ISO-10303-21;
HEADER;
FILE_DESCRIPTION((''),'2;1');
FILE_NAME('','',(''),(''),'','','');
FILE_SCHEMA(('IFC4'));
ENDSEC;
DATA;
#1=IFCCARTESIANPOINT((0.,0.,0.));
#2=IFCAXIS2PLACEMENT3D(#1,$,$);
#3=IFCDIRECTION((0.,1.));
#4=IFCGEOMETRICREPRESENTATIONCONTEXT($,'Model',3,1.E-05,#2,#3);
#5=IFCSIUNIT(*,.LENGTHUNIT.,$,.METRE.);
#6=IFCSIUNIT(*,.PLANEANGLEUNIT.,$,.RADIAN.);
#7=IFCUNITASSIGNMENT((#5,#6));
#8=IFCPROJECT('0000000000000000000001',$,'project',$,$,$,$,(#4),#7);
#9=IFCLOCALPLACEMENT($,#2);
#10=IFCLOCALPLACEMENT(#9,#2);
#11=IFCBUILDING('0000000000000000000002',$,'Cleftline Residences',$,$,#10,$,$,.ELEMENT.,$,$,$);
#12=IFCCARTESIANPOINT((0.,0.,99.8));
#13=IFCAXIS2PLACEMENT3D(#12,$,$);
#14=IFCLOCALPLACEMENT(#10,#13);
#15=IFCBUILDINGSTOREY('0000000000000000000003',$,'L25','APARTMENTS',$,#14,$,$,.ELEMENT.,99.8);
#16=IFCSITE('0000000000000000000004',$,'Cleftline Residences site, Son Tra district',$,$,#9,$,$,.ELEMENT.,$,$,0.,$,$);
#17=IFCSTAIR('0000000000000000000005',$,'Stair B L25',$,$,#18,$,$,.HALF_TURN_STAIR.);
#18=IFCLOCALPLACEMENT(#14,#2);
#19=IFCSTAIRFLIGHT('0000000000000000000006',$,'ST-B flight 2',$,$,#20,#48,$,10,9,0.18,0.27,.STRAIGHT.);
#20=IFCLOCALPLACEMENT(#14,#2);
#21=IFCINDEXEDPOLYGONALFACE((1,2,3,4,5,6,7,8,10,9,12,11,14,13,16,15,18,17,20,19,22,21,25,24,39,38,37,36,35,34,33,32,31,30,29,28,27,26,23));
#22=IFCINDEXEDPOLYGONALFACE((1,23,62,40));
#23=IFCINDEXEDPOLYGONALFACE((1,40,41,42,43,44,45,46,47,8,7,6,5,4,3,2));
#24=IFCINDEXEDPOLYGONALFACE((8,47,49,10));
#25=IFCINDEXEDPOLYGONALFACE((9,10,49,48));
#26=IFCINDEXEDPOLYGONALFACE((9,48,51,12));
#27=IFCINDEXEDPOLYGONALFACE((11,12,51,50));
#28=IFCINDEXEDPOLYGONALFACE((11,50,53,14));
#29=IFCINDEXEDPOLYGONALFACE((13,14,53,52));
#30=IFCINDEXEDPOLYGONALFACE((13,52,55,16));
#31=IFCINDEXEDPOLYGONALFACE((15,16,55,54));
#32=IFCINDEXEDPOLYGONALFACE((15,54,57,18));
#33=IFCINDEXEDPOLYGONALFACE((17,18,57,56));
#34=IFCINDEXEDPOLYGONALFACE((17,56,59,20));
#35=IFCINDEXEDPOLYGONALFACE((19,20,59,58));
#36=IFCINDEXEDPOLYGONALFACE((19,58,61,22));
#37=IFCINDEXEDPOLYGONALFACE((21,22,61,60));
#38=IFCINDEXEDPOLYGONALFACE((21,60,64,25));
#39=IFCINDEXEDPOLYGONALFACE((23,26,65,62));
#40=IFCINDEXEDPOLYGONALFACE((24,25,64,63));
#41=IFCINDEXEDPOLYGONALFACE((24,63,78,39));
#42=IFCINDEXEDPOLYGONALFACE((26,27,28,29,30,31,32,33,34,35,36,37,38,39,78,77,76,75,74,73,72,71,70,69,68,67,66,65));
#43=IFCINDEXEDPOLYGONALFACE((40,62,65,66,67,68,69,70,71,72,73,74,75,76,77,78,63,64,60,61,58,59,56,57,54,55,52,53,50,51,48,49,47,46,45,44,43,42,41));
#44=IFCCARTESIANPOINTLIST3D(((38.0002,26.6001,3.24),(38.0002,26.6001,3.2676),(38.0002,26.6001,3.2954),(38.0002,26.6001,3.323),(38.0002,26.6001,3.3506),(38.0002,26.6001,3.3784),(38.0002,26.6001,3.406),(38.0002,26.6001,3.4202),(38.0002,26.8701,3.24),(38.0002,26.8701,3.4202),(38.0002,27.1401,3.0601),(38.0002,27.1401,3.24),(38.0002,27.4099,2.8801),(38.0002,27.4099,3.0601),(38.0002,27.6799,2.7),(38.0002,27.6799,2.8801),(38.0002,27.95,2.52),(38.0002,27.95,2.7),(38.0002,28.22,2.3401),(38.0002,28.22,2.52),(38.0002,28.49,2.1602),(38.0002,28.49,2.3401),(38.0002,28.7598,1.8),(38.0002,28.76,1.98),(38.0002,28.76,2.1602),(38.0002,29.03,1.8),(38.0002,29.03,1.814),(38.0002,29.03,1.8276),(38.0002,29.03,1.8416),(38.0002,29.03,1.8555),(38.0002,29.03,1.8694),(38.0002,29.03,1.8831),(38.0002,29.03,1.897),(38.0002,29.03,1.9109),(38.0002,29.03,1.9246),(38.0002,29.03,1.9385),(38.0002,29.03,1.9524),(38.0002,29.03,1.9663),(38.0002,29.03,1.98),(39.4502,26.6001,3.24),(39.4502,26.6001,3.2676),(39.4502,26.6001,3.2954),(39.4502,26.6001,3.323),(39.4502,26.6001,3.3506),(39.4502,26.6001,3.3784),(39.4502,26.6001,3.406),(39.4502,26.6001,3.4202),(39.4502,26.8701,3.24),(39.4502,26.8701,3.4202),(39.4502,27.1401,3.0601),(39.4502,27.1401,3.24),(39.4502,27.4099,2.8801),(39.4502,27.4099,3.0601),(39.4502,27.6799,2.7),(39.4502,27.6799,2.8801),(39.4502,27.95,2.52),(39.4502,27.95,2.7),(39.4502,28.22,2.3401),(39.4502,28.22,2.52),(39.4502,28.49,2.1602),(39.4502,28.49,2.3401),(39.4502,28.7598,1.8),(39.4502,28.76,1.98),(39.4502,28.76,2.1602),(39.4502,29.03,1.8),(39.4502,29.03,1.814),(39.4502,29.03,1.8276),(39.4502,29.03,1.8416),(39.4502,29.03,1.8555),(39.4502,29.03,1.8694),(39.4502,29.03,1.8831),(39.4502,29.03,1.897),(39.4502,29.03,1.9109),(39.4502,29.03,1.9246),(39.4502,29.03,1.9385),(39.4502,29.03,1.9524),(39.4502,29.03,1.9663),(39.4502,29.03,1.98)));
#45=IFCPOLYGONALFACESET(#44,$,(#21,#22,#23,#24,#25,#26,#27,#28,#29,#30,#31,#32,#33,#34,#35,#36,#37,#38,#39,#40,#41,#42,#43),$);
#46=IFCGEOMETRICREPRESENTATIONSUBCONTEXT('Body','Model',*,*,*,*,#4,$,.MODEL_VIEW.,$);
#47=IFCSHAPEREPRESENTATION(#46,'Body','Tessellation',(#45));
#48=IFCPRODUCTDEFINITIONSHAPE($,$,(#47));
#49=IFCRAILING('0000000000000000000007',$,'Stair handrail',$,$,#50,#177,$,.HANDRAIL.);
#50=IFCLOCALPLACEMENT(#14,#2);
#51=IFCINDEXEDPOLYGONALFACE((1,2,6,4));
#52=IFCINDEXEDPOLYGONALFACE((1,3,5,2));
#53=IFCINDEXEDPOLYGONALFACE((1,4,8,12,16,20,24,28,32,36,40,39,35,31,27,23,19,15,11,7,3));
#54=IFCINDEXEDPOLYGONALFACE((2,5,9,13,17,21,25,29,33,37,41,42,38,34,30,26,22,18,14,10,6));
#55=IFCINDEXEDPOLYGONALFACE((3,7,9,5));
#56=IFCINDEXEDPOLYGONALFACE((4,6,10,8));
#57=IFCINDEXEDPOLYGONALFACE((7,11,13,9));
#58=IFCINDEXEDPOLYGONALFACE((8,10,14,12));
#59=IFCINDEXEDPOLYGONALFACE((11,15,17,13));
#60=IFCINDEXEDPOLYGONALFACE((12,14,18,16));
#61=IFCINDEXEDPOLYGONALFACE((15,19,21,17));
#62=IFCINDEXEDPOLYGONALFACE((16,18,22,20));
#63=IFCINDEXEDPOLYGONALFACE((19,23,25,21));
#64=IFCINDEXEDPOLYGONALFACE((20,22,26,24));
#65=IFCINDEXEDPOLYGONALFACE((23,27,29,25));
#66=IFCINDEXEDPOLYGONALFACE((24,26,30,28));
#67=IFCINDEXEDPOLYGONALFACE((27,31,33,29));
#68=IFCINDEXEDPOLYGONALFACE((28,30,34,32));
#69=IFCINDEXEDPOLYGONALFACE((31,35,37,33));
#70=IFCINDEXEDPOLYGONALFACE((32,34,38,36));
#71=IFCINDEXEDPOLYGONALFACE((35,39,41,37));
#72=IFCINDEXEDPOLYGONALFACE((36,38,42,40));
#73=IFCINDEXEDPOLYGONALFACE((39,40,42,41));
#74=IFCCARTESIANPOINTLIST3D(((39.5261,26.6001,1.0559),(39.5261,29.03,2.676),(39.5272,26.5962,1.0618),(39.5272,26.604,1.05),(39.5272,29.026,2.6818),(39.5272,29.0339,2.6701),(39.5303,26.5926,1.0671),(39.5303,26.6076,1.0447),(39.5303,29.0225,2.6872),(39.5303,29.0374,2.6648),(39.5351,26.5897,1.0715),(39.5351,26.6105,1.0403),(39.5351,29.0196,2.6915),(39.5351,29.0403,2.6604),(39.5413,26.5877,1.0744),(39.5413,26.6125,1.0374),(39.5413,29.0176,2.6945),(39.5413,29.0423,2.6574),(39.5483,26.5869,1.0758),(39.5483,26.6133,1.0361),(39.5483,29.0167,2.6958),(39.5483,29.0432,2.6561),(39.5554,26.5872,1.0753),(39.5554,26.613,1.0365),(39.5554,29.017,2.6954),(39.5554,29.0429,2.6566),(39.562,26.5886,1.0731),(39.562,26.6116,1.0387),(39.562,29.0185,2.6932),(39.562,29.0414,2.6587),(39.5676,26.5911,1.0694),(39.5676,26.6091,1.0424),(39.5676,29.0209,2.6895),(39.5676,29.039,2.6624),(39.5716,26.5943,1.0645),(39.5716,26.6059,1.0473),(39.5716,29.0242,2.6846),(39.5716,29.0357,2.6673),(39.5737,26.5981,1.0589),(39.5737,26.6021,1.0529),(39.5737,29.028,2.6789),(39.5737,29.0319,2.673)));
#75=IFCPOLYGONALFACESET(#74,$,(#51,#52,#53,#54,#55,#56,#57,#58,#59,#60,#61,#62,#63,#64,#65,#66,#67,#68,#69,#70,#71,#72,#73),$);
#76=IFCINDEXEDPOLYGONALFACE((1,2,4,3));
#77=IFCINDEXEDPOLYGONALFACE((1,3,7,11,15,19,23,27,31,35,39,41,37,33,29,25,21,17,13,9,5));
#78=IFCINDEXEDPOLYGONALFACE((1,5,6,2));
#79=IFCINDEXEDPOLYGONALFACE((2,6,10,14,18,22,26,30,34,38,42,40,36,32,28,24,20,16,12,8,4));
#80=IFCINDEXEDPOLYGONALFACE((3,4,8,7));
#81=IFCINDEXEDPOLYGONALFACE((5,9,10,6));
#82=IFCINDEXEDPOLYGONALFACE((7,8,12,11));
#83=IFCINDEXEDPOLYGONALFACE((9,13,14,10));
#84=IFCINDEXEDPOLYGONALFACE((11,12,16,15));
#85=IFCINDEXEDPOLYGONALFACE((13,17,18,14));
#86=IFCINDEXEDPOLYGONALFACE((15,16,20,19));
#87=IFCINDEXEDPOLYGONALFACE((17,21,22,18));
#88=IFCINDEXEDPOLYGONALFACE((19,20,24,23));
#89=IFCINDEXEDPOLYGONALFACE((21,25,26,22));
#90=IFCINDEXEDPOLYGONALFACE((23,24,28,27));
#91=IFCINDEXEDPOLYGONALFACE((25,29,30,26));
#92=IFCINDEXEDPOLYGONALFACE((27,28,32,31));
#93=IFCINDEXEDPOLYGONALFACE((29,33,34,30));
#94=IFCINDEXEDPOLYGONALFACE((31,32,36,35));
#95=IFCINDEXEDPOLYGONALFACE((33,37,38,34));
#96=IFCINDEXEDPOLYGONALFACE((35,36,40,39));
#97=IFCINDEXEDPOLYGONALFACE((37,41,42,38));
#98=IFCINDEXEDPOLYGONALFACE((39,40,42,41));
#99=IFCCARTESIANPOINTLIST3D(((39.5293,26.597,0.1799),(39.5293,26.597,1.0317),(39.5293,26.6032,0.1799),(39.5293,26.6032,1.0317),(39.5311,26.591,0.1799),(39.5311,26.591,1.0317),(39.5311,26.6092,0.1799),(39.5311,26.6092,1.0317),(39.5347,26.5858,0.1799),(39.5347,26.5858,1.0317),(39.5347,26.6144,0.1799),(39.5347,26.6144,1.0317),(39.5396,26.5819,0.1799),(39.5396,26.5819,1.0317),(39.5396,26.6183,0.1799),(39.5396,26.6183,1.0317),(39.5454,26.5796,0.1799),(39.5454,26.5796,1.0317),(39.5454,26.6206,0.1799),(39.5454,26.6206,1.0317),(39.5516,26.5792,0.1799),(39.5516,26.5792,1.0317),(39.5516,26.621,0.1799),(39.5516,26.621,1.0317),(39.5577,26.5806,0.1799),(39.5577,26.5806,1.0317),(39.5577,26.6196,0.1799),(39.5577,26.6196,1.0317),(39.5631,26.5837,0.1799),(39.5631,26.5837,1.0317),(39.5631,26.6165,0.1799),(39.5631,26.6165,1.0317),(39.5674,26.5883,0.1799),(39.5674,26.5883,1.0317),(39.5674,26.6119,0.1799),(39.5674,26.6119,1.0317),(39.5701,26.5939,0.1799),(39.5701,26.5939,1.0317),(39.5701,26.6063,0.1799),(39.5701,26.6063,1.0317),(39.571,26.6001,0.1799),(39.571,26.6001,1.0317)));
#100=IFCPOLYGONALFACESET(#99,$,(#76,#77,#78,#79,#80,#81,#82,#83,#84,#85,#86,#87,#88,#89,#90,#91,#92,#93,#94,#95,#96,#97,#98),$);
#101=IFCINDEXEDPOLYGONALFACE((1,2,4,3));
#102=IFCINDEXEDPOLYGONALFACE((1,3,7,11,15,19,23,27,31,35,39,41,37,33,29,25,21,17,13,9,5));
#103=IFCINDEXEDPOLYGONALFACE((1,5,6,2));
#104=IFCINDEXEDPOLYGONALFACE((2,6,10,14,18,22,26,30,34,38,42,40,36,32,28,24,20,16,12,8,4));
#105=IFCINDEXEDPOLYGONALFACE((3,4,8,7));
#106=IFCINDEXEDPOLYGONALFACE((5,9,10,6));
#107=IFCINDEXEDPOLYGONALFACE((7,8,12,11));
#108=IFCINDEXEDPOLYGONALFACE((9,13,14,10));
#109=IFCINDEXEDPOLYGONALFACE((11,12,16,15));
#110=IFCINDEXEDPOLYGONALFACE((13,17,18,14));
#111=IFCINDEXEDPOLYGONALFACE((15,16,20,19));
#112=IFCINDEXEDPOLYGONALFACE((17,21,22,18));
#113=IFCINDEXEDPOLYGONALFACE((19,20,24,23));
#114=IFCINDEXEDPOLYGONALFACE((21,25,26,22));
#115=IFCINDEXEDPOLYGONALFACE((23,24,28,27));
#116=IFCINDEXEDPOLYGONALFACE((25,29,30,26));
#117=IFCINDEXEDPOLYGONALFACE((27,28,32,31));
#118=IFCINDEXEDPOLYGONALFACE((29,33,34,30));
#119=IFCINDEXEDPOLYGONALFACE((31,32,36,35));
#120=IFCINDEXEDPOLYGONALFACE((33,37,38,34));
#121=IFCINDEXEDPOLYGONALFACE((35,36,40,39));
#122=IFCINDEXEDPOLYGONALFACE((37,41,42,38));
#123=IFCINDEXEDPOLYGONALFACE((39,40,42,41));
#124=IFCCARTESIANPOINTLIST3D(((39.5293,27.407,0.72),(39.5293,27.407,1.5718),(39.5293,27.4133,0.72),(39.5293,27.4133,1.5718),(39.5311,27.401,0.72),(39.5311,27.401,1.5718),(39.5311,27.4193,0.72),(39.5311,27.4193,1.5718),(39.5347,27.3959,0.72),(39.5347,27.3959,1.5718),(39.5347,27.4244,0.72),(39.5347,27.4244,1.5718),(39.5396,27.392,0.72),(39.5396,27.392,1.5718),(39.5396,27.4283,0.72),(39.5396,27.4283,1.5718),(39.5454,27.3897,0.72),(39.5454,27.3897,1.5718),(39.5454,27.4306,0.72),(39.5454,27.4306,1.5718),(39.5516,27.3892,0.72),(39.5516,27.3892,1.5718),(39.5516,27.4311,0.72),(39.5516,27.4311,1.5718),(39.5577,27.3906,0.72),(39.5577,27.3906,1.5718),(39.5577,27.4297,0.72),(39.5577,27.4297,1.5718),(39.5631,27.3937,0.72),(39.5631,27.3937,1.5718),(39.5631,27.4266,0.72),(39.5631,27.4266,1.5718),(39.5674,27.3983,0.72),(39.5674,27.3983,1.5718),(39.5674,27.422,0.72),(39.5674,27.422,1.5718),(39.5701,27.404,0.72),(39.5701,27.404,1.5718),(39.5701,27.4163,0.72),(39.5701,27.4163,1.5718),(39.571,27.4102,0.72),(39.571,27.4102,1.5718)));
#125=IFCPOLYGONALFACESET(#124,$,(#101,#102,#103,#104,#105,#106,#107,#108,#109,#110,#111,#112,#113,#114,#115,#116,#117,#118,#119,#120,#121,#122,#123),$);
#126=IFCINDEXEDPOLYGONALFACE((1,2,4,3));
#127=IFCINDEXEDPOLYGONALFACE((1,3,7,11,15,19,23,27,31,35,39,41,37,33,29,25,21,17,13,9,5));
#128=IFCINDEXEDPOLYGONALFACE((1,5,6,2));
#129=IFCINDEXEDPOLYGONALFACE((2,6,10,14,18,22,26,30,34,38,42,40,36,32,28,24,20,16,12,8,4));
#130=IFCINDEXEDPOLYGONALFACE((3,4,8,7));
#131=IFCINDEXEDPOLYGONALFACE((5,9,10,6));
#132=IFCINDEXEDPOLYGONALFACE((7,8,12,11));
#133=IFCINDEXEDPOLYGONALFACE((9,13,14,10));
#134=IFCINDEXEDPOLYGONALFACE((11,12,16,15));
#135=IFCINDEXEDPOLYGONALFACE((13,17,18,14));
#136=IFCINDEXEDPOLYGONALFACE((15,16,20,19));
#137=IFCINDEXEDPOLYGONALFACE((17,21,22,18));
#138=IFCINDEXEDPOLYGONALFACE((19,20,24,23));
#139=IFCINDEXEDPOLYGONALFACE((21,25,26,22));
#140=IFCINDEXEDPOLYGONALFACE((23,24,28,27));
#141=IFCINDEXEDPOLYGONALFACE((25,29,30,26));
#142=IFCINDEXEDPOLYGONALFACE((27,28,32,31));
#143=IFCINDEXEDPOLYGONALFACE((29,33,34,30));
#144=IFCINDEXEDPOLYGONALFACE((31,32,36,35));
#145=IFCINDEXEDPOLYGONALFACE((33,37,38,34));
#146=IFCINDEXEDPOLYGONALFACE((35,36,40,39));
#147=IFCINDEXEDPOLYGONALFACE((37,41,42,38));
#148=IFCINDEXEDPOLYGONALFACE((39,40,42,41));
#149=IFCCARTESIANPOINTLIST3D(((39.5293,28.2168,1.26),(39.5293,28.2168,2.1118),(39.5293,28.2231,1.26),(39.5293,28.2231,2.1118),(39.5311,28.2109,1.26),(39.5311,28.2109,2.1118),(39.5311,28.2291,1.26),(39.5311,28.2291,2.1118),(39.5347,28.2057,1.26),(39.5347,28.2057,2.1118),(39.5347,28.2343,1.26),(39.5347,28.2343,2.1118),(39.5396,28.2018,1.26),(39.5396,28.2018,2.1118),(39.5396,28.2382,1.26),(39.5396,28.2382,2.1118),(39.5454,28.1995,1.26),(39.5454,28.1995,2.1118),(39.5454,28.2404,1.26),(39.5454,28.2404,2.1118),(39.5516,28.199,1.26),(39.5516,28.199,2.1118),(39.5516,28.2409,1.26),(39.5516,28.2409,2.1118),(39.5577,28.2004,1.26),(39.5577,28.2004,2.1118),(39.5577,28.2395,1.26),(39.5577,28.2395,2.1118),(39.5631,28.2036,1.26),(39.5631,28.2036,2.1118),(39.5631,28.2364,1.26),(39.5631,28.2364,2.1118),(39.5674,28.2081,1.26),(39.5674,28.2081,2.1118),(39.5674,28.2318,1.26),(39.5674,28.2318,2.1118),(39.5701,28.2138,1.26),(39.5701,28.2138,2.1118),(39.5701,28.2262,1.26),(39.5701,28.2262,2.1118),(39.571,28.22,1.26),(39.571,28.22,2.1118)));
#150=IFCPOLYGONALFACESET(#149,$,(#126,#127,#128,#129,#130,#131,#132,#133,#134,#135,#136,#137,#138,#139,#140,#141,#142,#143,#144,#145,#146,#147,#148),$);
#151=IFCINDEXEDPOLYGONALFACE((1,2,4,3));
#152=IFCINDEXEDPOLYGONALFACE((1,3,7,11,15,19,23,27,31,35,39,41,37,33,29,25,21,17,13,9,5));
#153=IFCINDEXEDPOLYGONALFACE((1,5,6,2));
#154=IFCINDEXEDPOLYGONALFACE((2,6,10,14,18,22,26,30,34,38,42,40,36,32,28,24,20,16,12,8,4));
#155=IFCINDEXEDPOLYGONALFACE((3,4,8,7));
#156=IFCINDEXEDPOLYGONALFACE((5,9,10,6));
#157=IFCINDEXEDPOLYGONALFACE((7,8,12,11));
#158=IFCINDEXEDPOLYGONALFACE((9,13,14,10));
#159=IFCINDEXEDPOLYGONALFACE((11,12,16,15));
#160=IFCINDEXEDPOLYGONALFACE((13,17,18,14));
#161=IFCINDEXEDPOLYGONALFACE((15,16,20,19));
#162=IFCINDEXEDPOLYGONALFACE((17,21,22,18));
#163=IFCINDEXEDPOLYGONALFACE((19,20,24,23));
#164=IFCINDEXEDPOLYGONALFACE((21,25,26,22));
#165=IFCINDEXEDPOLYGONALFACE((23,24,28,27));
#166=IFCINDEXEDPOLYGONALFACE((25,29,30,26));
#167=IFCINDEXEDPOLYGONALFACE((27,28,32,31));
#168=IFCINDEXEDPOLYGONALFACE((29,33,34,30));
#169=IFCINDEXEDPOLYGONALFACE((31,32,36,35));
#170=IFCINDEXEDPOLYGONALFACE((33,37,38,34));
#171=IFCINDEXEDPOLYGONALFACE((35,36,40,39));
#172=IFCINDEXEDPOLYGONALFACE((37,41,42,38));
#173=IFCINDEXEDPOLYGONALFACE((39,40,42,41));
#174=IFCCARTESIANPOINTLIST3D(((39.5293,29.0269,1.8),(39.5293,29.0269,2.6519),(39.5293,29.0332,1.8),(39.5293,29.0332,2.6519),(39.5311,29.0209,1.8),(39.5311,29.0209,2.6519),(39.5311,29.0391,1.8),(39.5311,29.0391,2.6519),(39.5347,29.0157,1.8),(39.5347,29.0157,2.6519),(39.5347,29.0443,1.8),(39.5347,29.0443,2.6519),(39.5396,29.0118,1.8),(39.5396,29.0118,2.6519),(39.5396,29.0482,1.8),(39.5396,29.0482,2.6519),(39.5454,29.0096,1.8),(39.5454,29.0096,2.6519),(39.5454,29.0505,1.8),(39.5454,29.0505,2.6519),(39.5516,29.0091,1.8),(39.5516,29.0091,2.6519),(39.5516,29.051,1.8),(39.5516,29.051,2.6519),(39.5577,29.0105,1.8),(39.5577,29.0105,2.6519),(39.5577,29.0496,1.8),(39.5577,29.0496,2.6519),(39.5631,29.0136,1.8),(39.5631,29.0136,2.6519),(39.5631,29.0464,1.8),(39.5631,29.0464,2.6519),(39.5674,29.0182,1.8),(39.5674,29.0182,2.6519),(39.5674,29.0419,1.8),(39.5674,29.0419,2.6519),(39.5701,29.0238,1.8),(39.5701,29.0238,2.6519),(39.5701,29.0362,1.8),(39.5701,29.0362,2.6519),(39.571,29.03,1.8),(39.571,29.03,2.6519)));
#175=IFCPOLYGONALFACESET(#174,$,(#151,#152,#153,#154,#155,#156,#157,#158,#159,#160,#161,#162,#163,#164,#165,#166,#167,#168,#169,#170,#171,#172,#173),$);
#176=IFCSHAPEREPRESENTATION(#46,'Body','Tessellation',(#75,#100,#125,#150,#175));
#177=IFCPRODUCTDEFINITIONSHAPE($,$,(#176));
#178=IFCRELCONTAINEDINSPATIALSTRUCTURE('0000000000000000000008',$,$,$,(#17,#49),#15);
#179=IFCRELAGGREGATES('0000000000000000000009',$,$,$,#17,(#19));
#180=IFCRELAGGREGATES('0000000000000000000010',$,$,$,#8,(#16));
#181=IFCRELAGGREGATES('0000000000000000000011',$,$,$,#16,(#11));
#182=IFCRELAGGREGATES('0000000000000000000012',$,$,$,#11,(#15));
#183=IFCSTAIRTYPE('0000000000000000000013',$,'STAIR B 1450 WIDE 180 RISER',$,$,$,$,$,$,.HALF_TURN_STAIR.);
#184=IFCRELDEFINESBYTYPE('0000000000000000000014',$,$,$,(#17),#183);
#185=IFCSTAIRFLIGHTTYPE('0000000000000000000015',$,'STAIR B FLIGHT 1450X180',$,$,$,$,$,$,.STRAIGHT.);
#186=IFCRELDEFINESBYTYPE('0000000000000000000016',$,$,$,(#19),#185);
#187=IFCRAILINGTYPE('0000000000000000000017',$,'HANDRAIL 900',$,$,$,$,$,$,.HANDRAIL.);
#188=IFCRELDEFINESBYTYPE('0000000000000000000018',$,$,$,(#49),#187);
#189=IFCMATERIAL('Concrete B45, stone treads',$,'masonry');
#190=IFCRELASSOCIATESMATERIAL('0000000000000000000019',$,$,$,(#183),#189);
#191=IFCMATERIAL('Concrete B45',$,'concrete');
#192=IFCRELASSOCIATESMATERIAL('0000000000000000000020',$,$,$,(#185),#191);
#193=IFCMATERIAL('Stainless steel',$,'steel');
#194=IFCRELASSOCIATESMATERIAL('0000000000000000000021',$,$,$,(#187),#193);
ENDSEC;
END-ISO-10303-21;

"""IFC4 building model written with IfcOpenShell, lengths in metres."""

from ifc_helpers import new_model, si_unit, direction, frame, origin, origin_2d, place, context, subcontext, project, spatial, polyline, circle, outline, extrude, material, type_object, element, aggregate, save


model = new_model("IFC4")

# Units and contexts
model_context = context("Model", 3, precision=1e-05, world=origin(), true_north=direction((0.0, 1.0)))
body_context = subcontext(model_context, "Body", "Model", "MODEL_VIEW")
ifc_project = project(units=[si_unit("LENGTHUNIT", "METRE"), si_unit("PLANEANGLEUNIT", "RADIAN")], contexts=[model_context])

# Site, building, storey
site_placement = place(None, origin())
site = spatial("IfcSite", under=ifc_project, at=site_placement, Name="Cleftline Residences site, Son Tra district", CompositionType="ELEMENT", RefElevation=0.0)
building_placement = place(site_placement, origin())
building = spatial("IfcBuilding", under=site, at=building_placement, Name="Cleftline Residences", CompositionType="ELEMENT")
storey_placement = place(building_placement, frame((0.0, 0.0, 99.8)))
storey = spatial("IfcBuildingStorey", under=building, at=storey_placement, Name="L25", Description="APARTMENTS", CompositionType="ELEMENT", Elevation=99.8)

# Stair, stair flight
ifc_material_1 = material(Name="Concrete B45, stone treads", Category="masonry")
stair_type = type_object("IfcStairType", Name="STAIR B 1450 WIDE 180 RISER", PredefinedType="HALF_TURN_STAIR", material=ifc_material_1)
stair_placement = place(storey_placement, origin())
stair = element("IfcStair", 1, at=stair_placement, inside=storey, type_object=stair_type, Name="Stair B L25", PredefinedType="HALF_TURN_STAIR")
ifc_material_2 = material(Name="Concrete B45", Category="concrete")
stair_flight_type = type_object("IfcStairFlightType", Name="STAIR B FLIGHT 1450X180", PredefinedType="STRAIGHT", material=ifc_material_2)
stair_flight_1_placement = place(storey_placement, frame((38.7251, 29.03, 1.8), z_axis=(0.0, 0.0, 1.0), x_axis=(0.0, -1.0, 0.0)))
stair_flight_1 = element("IfcStairFlight", 2, at=stair_flight_1_placement, type_object=stair_flight_type, Name="ST-B flight 2", NumberOfRisers=10, NumberOfTreads=9, PredefinedType="STRAIGHT", RiserHeight=0.18, TreadLength=0.27, context=body_context, shape_type="SweptSolid", body=[
    extrude(outline(polyline([(0.0, 0.0), (0.0, 0.0139), (0.0, 0.0276), (0.0, 0.0415), (0.0, 0.0554), (0.0, 0.0693), (0.0, 0.083), (0.0, 0.0969), (0.0, 0.1108), (0.0, 0.1245), (0.0, 0.1384), (0.0, 0.1523), (0.0, 0.1663), (0.0, 0.1799), (0.27, 0.1799), (0.27, 0.3601), (0.54, 0.3601), (0.54, 0.54), (0.8101, 0.54), (0.8101, 0.72), (1.0801, 0.72), (1.0801, 0.8999), (1.3501, 0.8999), (1.3501, 1.0801), (1.6201, 1.0801), (1.6201, 1.26), (1.8899, 1.26), (1.8899, 1.4399), (2.1599, 1.4399), (2.1599, 1.6201), (2.4299, 1.6201), (2.4299, 1.8), (2.4299, 1.7722), (2.4299, 1.7446), (2.4299, 1.7168), (2.4299, 1.6892), (2.4299, 1.6614), (2.4299, 1.6338), (2.4299, 1.606), (2.4299, 1.5784), (2.4299, 1.5505), (2.4299, 1.5229), (2.4299, 1.4954), (2.4299, 1.4675), (2.4299, 1.4399), (0.2703, 0.0), (0.0, 0.0)])), frame((0.0, 0.7251, 0.0), z_axis=(0.0, -1.0, 0.0), x_axis=(1.0, 0.0, 0.0)), (0.0, 0.0, 1.0), 1.45),
])
aggregate(stair, [stair_flight_1])

# Railing
ifc_material_3 = material(Name="Stainless steel", Category="steel")
railing_type = type_object("IfcRailingType", Name="HANDRAIL 900", PredefinedType="HANDRAIL", material=ifc_material_3)
railing_1_placement = place(storey_placement, frame((39.55, 26.6001, 0.1799)))
element("IfcRailing", 3, at=railing_1_placement, inside=storey, type_object=railing_type, Name="Stair handrail", PredefinedType="HANDRAIL", context=body_context, shape_type="SweptSolid", body=[
    extrude(circle(Radius=0.0239, at=origin_2d()), frame((0.0, 0.0, 0.876), z_axis=(0.0, 0.832025, 0.554739), x_axis=(-1.0, 0.0, 0.0)), (0.0, 0.0, 1.0), 2.9204),
    extrude(circle(Radius=0.021, at=origin_2d()), origin(), (0.0, 0.0, 1.0), 0.8518),
    extrude(circle(Radius=0.021, at=origin_2d()), frame((0.0, 0.8101, 0.54)), (0.0, 0.0, 1.0), 0.8518),
    extrude(circle(Radius=0.021, at=origin_2d()), frame((0.0, 1.6199, 1.0801)), (0.0, 0.0, 1.0), 0.8518),
    extrude(circle(Radius=0.021, at=origin_2d()), frame((0.0, 2.4299, 1.6201)), (0.0, 0.0, 1.0), 0.8518),
])

save(model, "model.ifc")
